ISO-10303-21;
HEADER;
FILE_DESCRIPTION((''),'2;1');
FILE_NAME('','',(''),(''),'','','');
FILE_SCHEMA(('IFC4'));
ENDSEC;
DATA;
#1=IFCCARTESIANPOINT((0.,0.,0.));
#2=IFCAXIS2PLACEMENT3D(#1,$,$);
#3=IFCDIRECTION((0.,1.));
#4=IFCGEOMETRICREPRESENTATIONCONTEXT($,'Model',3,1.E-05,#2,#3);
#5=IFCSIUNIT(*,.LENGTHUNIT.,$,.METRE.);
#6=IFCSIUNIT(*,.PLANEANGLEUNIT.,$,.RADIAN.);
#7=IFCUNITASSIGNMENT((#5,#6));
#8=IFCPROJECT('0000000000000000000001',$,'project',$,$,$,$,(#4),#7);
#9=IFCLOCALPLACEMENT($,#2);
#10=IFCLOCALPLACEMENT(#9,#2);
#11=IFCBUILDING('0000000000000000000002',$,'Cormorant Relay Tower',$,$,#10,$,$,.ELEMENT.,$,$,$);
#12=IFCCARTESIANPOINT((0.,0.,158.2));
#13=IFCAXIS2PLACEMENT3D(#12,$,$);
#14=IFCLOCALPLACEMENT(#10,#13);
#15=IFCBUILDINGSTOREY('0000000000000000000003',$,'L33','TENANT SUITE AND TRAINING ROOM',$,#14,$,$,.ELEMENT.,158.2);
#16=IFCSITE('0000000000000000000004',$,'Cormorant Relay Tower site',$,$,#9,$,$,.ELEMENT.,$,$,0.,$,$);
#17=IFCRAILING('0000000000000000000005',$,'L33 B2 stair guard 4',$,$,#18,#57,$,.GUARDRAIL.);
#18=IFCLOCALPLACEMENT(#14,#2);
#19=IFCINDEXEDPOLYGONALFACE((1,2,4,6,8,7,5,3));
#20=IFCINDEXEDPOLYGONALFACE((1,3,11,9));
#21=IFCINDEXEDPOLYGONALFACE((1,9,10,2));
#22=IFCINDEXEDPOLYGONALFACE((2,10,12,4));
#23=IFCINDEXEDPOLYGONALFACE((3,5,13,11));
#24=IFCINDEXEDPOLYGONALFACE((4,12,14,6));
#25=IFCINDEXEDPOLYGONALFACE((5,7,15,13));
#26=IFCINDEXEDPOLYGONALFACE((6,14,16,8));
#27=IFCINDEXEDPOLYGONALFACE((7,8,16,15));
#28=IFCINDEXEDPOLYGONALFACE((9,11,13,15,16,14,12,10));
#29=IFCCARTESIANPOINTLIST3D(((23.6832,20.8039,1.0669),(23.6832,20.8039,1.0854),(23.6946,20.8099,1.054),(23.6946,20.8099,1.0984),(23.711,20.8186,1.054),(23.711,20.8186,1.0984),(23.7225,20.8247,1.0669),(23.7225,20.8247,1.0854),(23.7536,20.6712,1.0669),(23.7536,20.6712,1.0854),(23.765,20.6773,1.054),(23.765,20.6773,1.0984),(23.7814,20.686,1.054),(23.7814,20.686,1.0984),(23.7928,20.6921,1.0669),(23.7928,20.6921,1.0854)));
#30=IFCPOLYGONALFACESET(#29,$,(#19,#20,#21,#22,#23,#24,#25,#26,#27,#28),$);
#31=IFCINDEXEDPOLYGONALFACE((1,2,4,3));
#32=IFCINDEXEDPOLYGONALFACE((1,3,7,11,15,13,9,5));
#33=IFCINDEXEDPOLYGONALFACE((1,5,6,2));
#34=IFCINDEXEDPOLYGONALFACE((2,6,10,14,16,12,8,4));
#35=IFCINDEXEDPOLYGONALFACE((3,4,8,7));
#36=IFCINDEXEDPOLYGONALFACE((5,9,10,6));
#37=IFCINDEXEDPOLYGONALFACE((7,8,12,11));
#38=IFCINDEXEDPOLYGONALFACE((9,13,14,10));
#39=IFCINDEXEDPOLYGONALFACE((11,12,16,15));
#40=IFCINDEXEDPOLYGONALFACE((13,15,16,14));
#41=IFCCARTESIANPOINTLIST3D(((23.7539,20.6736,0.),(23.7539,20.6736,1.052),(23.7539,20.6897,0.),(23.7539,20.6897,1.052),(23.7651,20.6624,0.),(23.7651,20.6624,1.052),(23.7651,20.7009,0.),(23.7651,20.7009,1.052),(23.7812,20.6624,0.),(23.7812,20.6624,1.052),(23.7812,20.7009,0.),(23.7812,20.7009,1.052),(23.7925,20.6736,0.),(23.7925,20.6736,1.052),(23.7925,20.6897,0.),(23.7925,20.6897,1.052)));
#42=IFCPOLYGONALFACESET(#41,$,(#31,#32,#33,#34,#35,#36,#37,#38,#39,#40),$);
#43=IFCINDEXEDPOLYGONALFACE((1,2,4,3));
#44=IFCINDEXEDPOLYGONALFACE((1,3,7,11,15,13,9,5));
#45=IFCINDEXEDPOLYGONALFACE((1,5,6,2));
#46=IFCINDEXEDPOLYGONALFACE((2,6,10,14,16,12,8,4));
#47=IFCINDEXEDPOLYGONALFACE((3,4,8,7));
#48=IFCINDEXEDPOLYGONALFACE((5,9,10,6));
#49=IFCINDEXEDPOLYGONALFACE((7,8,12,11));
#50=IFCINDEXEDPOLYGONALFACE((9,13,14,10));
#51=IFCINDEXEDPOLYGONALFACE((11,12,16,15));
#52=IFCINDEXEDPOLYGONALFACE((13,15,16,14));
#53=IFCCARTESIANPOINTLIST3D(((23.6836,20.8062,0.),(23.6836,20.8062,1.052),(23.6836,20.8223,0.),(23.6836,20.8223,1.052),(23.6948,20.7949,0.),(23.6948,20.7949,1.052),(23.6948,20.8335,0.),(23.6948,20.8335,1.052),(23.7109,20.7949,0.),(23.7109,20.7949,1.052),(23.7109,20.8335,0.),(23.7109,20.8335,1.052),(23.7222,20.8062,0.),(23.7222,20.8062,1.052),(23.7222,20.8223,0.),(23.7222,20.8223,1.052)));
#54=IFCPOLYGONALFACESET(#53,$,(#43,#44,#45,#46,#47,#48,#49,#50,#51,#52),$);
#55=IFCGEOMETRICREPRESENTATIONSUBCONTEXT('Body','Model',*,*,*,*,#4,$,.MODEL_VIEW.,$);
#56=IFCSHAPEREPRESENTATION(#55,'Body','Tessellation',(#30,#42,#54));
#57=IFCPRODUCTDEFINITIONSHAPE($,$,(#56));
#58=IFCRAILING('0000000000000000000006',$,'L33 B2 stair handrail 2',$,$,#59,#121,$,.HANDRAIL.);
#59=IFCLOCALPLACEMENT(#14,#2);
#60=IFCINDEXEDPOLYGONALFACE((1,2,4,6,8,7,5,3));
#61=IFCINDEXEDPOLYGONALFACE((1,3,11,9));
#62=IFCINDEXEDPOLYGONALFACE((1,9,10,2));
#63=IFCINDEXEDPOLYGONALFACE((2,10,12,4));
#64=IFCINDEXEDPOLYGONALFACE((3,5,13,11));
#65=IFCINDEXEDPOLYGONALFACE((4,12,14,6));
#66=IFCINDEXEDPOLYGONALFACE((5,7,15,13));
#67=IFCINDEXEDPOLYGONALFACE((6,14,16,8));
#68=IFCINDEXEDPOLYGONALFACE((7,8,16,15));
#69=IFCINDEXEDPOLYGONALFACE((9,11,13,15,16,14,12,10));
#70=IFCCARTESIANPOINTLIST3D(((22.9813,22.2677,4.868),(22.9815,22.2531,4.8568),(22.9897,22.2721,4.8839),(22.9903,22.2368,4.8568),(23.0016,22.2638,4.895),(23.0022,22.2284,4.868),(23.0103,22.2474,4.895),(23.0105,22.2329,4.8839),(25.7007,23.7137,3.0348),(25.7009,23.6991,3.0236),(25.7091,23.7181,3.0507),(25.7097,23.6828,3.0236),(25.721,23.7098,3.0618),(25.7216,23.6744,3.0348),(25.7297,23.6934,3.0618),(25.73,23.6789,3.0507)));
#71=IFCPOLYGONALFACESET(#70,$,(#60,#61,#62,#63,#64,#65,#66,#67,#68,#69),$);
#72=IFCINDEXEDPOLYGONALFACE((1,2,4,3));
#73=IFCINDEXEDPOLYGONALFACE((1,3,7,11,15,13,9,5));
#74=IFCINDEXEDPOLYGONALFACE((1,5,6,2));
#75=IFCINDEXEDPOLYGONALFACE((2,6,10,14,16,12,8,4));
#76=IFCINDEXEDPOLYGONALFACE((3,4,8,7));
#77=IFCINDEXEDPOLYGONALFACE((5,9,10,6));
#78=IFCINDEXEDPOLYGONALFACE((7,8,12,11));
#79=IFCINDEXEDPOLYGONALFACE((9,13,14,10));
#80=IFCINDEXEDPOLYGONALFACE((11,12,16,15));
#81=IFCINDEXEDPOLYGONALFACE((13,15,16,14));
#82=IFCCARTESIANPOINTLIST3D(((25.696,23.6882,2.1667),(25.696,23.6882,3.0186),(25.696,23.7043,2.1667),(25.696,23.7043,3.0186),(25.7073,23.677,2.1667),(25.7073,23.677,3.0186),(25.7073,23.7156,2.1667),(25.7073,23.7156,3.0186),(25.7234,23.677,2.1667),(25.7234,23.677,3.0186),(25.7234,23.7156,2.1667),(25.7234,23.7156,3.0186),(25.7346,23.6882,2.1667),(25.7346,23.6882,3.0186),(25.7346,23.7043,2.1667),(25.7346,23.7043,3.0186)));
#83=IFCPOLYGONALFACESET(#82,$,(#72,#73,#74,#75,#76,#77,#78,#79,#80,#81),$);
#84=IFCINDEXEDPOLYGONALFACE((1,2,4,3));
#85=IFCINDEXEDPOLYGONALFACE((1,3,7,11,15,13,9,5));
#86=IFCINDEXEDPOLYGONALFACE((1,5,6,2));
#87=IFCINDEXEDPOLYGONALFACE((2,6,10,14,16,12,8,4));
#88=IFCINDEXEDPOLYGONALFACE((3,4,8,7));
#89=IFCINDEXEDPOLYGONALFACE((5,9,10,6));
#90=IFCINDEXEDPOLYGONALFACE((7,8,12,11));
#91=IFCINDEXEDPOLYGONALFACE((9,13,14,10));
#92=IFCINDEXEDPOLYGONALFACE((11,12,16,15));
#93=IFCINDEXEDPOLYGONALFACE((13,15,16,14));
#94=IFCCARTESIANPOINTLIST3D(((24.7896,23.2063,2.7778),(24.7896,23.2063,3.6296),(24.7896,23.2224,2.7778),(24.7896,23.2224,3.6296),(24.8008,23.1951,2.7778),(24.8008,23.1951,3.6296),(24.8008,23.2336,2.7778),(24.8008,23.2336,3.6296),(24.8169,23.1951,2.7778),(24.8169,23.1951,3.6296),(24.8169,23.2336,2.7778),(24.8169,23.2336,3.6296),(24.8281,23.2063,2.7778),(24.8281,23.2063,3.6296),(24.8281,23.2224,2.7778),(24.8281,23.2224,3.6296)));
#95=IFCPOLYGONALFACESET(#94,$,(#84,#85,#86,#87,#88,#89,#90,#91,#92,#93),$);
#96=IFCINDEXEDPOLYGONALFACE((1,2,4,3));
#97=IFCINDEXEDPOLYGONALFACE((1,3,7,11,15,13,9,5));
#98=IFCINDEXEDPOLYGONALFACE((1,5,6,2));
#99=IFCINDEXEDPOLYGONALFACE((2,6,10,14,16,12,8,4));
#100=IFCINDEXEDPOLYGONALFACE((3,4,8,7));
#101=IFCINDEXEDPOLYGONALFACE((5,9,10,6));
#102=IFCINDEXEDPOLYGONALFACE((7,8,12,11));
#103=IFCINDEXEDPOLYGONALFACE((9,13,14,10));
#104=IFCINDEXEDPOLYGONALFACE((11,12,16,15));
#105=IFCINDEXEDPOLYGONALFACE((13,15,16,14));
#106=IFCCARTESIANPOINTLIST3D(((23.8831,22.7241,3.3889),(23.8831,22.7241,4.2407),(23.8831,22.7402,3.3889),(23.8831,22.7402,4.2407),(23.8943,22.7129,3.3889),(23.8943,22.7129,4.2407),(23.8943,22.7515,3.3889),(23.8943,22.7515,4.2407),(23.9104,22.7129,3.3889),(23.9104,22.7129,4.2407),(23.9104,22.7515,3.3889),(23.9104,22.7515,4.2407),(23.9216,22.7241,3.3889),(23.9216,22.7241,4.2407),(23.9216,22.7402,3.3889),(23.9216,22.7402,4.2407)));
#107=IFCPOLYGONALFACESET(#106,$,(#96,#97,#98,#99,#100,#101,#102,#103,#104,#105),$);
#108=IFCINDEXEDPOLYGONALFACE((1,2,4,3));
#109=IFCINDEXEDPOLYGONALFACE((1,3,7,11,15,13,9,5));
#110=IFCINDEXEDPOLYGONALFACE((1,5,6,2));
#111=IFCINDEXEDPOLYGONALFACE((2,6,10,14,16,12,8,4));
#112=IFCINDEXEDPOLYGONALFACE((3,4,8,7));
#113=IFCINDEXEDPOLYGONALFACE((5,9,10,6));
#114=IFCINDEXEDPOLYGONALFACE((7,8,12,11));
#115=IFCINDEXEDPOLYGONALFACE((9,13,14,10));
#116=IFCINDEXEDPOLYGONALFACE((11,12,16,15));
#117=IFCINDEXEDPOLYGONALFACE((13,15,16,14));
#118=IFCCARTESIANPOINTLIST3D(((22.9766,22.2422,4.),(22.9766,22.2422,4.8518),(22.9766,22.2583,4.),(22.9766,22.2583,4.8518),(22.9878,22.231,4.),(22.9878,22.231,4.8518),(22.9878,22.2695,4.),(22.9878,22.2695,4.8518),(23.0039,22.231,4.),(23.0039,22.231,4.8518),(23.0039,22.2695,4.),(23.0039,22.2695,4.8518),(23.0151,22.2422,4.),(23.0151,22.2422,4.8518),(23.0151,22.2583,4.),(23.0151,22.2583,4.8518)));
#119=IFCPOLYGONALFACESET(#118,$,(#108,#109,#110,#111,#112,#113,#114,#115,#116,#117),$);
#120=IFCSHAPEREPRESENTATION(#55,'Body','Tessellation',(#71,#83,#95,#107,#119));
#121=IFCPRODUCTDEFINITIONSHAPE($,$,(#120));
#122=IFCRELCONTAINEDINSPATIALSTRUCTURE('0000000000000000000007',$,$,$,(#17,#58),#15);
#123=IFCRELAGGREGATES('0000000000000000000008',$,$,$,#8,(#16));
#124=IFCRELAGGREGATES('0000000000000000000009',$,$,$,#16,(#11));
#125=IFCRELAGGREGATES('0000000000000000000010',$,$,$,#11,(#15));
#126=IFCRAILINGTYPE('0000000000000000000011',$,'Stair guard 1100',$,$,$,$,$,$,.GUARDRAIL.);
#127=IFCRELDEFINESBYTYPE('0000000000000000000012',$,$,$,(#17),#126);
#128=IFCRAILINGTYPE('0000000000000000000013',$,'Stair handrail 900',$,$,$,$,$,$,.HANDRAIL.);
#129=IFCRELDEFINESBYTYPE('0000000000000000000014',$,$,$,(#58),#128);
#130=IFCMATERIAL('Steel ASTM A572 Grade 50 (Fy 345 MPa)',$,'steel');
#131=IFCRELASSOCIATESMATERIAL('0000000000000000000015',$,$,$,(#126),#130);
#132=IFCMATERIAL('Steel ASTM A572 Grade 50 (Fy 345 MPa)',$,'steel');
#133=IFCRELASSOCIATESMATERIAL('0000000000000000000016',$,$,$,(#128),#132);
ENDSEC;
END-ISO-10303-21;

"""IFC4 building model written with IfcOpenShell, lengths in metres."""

from ifc_helpers import new_model, si_unit, direction, frame, origin, place, context, subcontext, project, spatial, polyline, outline, extrude, material, type_object, element, save


model = new_model("IFC4")

# Units and contexts
model_context = context("Model", 3, precision=1e-05, world=origin(), true_north=direction((0.0, 1.0)))
body_context = subcontext(model_context, "Body", "Model", "MODEL_VIEW")
ifc_project = project(units=[si_unit("LENGTHUNIT", "METRE"), si_unit("PLANEANGLEUNIT", "RADIAN")], contexts=[model_context])

# Site, building, storey
site_placement = place(None, origin())
site = spatial("IfcSite", under=ifc_project, at=site_placement, Name="Cormorant Relay Tower site", CompositionType="ELEMENT", RefElevation=0.0)
building_placement = place(site_placement, origin())
building = spatial("IfcBuilding", under=site, at=building_placement, Name="Cormorant Relay Tower", CompositionType="ELEMENT")
storey_placement = place(building_placement, frame((0.0, 0.0, 158.2)))
storey = spatial("IfcBuildingStorey", under=building, at=storey_placement, Name="L33", Description="TENANT SUITE AND TRAINING ROOM", CompositionType="ELEMENT", Elevation=158.2)

# Railings
ifc_material_1 = material(Name="Steel ASTM A572 Grade 50 (Fy 345 MPa)", Category="steel")
railing_type_1 = type_object("IfcRailingType", Name="Stair guard 1100", PredefinedType="GUARDRAIL", material=ifc_material_1)
railing_1_placement = place(storey_placement, frame((23.7732, 20.6816, 0.0)))
element("IfcRailing", 1, at=railing_1_placement, inside=storey, type_object=railing_type_1, Name="L33 B2 stair guard 4", PredefinedType="GUARDRAIL", context=body_context, shape_type="SweptSolid", body=[
    extrude(outline(polyline([(0.0222, 0.0093), (0.0093, 0.0222), (-0.0093, 0.0222), (-0.0222, 0.0093), (-0.0222, -0.0093), (-0.0093, -0.0222), (0.0093, -0.0222), (0.0222, -0.0093), (0.0222, 0.0093)])), frame((0.0, 0.0, 1.0762), z_axis=(-0.46856, 0.883431, 0.0), x_axis=(-0.883431, -0.46856, 0.0)), (0.0, 0.0, 1.0), 0.1501),
    extrude(outline(polyline([(0.0193, 0.0081), (0.0081, 0.0193), (-0.0081, 0.0193), (-0.0193, 0.0081), (-0.0193, -0.0081), (-0.0081, -0.0193), (0.0081, -0.0193), (0.0193, -0.0081), (0.0193, 0.0081)])), origin(), (0.0, 0.0, 1.0), 1.052),
    extrude(outline(polyline([(0.0193, 0.0081), (0.0081, 0.0193), (-0.0081, 0.0193), (-0.0193, 0.0081), (-0.0193, -0.0081), (-0.0081, -0.0193), (0.0081, -0.0193), (0.0193, -0.0081), (0.0193, 0.0081)])), frame((-0.0703, 0.1326, 0.0)), (0.0, 0.0, 1.0), 1.052),
])
ifc_material_2 = material(Name="Steel ASTM A572 Grade 50 (Fy 345 MPa)", Category="steel")
railing_type_2 = type_object("IfcRailingType", Name="Stair handrail 900", PredefinedType="HANDRAIL", material=ifc_material_2)
railing_2_placement = place(storey_placement, frame((25.7153, 23.6963, 2.1667)))
element("IfcRailing", 2, at=railing_2_placement, inside=storey, type_object=railing_type_2, Name="L33 B2 stair handrail 2", PredefinedType="HANDRAIL", context=body_context, shape_type="SweptSolid", body=[
    extrude(outline(polyline([(0.0222, 0.0093), (0.0093, 0.0222), (-0.0093, 0.0222), (-0.0222, 0.0093), (-0.0222, -0.0093), (-0.0093, -0.0222), (0.0093, -0.0222), (0.0222, -0.0093), (0.0222, 0.0093)])), frame((0.0, 0.0, 0.876), z_axis=(-0.758714, -0.403435, 0.511463), x_axis=(0.469489, -0.882938, 0.0)), (0.0, 0.0, 1.0), 3.5842),
    extrude(outline(polyline([(0.0193, 0.0081), (0.0081, 0.0193), (-0.0081, 0.0193), (-0.0193, 0.0081), (-0.0193, -0.0081), (-0.0081, -0.0193), (0.0081, -0.0193), (0.0193, -0.0081), (0.0193, 0.0081)])), origin(), (0.0, 0.0, 1.0), 0.8518),
    extrude(outline(polyline([(0.0193, 0.0081), (0.0081, 0.0193), (-0.0081, 0.0193), (-0.0193, 0.0081), (-0.0193, -0.0081), (-0.0081, -0.0193), (0.0081, -0.0193), (0.0193, -0.0081), (0.0193, 0.0081)])), frame((-0.9065, -0.4819, 0.6111)), (0.0, 0.0, 1.0), 0.8518),
    extrude(outline(polyline([(0.0193, 0.0081), (0.0081, 0.0193), (-0.0081, 0.0193), (-0.0193, 0.0081), (-0.0193, -0.0081), (-0.0081, -0.0193), (0.0081, -0.0193), (0.0193, -0.0081), (0.0193, 0.0081)])), frame((-1.813, -0.9641, 1.2222)), (0.0, 0.0, 1.0), 0.8518),
    extrude(outline(polyline([(0.0193, 0.0081), (0.0081, 0.0193), (-0.0081, 0.0193), (-0.0193, 0.0081), (-0.0193, -0.0081), (-0.0081, -0.0193), (0.0081, -0.0193), (0.0193, -0.0081), (0.0193, 0.0081)])), frame((-2.7195, -1.446, 1.8333)), (0.0, 0.0, 1.0), 0.8518),
])

save(model, "model.ifc")
